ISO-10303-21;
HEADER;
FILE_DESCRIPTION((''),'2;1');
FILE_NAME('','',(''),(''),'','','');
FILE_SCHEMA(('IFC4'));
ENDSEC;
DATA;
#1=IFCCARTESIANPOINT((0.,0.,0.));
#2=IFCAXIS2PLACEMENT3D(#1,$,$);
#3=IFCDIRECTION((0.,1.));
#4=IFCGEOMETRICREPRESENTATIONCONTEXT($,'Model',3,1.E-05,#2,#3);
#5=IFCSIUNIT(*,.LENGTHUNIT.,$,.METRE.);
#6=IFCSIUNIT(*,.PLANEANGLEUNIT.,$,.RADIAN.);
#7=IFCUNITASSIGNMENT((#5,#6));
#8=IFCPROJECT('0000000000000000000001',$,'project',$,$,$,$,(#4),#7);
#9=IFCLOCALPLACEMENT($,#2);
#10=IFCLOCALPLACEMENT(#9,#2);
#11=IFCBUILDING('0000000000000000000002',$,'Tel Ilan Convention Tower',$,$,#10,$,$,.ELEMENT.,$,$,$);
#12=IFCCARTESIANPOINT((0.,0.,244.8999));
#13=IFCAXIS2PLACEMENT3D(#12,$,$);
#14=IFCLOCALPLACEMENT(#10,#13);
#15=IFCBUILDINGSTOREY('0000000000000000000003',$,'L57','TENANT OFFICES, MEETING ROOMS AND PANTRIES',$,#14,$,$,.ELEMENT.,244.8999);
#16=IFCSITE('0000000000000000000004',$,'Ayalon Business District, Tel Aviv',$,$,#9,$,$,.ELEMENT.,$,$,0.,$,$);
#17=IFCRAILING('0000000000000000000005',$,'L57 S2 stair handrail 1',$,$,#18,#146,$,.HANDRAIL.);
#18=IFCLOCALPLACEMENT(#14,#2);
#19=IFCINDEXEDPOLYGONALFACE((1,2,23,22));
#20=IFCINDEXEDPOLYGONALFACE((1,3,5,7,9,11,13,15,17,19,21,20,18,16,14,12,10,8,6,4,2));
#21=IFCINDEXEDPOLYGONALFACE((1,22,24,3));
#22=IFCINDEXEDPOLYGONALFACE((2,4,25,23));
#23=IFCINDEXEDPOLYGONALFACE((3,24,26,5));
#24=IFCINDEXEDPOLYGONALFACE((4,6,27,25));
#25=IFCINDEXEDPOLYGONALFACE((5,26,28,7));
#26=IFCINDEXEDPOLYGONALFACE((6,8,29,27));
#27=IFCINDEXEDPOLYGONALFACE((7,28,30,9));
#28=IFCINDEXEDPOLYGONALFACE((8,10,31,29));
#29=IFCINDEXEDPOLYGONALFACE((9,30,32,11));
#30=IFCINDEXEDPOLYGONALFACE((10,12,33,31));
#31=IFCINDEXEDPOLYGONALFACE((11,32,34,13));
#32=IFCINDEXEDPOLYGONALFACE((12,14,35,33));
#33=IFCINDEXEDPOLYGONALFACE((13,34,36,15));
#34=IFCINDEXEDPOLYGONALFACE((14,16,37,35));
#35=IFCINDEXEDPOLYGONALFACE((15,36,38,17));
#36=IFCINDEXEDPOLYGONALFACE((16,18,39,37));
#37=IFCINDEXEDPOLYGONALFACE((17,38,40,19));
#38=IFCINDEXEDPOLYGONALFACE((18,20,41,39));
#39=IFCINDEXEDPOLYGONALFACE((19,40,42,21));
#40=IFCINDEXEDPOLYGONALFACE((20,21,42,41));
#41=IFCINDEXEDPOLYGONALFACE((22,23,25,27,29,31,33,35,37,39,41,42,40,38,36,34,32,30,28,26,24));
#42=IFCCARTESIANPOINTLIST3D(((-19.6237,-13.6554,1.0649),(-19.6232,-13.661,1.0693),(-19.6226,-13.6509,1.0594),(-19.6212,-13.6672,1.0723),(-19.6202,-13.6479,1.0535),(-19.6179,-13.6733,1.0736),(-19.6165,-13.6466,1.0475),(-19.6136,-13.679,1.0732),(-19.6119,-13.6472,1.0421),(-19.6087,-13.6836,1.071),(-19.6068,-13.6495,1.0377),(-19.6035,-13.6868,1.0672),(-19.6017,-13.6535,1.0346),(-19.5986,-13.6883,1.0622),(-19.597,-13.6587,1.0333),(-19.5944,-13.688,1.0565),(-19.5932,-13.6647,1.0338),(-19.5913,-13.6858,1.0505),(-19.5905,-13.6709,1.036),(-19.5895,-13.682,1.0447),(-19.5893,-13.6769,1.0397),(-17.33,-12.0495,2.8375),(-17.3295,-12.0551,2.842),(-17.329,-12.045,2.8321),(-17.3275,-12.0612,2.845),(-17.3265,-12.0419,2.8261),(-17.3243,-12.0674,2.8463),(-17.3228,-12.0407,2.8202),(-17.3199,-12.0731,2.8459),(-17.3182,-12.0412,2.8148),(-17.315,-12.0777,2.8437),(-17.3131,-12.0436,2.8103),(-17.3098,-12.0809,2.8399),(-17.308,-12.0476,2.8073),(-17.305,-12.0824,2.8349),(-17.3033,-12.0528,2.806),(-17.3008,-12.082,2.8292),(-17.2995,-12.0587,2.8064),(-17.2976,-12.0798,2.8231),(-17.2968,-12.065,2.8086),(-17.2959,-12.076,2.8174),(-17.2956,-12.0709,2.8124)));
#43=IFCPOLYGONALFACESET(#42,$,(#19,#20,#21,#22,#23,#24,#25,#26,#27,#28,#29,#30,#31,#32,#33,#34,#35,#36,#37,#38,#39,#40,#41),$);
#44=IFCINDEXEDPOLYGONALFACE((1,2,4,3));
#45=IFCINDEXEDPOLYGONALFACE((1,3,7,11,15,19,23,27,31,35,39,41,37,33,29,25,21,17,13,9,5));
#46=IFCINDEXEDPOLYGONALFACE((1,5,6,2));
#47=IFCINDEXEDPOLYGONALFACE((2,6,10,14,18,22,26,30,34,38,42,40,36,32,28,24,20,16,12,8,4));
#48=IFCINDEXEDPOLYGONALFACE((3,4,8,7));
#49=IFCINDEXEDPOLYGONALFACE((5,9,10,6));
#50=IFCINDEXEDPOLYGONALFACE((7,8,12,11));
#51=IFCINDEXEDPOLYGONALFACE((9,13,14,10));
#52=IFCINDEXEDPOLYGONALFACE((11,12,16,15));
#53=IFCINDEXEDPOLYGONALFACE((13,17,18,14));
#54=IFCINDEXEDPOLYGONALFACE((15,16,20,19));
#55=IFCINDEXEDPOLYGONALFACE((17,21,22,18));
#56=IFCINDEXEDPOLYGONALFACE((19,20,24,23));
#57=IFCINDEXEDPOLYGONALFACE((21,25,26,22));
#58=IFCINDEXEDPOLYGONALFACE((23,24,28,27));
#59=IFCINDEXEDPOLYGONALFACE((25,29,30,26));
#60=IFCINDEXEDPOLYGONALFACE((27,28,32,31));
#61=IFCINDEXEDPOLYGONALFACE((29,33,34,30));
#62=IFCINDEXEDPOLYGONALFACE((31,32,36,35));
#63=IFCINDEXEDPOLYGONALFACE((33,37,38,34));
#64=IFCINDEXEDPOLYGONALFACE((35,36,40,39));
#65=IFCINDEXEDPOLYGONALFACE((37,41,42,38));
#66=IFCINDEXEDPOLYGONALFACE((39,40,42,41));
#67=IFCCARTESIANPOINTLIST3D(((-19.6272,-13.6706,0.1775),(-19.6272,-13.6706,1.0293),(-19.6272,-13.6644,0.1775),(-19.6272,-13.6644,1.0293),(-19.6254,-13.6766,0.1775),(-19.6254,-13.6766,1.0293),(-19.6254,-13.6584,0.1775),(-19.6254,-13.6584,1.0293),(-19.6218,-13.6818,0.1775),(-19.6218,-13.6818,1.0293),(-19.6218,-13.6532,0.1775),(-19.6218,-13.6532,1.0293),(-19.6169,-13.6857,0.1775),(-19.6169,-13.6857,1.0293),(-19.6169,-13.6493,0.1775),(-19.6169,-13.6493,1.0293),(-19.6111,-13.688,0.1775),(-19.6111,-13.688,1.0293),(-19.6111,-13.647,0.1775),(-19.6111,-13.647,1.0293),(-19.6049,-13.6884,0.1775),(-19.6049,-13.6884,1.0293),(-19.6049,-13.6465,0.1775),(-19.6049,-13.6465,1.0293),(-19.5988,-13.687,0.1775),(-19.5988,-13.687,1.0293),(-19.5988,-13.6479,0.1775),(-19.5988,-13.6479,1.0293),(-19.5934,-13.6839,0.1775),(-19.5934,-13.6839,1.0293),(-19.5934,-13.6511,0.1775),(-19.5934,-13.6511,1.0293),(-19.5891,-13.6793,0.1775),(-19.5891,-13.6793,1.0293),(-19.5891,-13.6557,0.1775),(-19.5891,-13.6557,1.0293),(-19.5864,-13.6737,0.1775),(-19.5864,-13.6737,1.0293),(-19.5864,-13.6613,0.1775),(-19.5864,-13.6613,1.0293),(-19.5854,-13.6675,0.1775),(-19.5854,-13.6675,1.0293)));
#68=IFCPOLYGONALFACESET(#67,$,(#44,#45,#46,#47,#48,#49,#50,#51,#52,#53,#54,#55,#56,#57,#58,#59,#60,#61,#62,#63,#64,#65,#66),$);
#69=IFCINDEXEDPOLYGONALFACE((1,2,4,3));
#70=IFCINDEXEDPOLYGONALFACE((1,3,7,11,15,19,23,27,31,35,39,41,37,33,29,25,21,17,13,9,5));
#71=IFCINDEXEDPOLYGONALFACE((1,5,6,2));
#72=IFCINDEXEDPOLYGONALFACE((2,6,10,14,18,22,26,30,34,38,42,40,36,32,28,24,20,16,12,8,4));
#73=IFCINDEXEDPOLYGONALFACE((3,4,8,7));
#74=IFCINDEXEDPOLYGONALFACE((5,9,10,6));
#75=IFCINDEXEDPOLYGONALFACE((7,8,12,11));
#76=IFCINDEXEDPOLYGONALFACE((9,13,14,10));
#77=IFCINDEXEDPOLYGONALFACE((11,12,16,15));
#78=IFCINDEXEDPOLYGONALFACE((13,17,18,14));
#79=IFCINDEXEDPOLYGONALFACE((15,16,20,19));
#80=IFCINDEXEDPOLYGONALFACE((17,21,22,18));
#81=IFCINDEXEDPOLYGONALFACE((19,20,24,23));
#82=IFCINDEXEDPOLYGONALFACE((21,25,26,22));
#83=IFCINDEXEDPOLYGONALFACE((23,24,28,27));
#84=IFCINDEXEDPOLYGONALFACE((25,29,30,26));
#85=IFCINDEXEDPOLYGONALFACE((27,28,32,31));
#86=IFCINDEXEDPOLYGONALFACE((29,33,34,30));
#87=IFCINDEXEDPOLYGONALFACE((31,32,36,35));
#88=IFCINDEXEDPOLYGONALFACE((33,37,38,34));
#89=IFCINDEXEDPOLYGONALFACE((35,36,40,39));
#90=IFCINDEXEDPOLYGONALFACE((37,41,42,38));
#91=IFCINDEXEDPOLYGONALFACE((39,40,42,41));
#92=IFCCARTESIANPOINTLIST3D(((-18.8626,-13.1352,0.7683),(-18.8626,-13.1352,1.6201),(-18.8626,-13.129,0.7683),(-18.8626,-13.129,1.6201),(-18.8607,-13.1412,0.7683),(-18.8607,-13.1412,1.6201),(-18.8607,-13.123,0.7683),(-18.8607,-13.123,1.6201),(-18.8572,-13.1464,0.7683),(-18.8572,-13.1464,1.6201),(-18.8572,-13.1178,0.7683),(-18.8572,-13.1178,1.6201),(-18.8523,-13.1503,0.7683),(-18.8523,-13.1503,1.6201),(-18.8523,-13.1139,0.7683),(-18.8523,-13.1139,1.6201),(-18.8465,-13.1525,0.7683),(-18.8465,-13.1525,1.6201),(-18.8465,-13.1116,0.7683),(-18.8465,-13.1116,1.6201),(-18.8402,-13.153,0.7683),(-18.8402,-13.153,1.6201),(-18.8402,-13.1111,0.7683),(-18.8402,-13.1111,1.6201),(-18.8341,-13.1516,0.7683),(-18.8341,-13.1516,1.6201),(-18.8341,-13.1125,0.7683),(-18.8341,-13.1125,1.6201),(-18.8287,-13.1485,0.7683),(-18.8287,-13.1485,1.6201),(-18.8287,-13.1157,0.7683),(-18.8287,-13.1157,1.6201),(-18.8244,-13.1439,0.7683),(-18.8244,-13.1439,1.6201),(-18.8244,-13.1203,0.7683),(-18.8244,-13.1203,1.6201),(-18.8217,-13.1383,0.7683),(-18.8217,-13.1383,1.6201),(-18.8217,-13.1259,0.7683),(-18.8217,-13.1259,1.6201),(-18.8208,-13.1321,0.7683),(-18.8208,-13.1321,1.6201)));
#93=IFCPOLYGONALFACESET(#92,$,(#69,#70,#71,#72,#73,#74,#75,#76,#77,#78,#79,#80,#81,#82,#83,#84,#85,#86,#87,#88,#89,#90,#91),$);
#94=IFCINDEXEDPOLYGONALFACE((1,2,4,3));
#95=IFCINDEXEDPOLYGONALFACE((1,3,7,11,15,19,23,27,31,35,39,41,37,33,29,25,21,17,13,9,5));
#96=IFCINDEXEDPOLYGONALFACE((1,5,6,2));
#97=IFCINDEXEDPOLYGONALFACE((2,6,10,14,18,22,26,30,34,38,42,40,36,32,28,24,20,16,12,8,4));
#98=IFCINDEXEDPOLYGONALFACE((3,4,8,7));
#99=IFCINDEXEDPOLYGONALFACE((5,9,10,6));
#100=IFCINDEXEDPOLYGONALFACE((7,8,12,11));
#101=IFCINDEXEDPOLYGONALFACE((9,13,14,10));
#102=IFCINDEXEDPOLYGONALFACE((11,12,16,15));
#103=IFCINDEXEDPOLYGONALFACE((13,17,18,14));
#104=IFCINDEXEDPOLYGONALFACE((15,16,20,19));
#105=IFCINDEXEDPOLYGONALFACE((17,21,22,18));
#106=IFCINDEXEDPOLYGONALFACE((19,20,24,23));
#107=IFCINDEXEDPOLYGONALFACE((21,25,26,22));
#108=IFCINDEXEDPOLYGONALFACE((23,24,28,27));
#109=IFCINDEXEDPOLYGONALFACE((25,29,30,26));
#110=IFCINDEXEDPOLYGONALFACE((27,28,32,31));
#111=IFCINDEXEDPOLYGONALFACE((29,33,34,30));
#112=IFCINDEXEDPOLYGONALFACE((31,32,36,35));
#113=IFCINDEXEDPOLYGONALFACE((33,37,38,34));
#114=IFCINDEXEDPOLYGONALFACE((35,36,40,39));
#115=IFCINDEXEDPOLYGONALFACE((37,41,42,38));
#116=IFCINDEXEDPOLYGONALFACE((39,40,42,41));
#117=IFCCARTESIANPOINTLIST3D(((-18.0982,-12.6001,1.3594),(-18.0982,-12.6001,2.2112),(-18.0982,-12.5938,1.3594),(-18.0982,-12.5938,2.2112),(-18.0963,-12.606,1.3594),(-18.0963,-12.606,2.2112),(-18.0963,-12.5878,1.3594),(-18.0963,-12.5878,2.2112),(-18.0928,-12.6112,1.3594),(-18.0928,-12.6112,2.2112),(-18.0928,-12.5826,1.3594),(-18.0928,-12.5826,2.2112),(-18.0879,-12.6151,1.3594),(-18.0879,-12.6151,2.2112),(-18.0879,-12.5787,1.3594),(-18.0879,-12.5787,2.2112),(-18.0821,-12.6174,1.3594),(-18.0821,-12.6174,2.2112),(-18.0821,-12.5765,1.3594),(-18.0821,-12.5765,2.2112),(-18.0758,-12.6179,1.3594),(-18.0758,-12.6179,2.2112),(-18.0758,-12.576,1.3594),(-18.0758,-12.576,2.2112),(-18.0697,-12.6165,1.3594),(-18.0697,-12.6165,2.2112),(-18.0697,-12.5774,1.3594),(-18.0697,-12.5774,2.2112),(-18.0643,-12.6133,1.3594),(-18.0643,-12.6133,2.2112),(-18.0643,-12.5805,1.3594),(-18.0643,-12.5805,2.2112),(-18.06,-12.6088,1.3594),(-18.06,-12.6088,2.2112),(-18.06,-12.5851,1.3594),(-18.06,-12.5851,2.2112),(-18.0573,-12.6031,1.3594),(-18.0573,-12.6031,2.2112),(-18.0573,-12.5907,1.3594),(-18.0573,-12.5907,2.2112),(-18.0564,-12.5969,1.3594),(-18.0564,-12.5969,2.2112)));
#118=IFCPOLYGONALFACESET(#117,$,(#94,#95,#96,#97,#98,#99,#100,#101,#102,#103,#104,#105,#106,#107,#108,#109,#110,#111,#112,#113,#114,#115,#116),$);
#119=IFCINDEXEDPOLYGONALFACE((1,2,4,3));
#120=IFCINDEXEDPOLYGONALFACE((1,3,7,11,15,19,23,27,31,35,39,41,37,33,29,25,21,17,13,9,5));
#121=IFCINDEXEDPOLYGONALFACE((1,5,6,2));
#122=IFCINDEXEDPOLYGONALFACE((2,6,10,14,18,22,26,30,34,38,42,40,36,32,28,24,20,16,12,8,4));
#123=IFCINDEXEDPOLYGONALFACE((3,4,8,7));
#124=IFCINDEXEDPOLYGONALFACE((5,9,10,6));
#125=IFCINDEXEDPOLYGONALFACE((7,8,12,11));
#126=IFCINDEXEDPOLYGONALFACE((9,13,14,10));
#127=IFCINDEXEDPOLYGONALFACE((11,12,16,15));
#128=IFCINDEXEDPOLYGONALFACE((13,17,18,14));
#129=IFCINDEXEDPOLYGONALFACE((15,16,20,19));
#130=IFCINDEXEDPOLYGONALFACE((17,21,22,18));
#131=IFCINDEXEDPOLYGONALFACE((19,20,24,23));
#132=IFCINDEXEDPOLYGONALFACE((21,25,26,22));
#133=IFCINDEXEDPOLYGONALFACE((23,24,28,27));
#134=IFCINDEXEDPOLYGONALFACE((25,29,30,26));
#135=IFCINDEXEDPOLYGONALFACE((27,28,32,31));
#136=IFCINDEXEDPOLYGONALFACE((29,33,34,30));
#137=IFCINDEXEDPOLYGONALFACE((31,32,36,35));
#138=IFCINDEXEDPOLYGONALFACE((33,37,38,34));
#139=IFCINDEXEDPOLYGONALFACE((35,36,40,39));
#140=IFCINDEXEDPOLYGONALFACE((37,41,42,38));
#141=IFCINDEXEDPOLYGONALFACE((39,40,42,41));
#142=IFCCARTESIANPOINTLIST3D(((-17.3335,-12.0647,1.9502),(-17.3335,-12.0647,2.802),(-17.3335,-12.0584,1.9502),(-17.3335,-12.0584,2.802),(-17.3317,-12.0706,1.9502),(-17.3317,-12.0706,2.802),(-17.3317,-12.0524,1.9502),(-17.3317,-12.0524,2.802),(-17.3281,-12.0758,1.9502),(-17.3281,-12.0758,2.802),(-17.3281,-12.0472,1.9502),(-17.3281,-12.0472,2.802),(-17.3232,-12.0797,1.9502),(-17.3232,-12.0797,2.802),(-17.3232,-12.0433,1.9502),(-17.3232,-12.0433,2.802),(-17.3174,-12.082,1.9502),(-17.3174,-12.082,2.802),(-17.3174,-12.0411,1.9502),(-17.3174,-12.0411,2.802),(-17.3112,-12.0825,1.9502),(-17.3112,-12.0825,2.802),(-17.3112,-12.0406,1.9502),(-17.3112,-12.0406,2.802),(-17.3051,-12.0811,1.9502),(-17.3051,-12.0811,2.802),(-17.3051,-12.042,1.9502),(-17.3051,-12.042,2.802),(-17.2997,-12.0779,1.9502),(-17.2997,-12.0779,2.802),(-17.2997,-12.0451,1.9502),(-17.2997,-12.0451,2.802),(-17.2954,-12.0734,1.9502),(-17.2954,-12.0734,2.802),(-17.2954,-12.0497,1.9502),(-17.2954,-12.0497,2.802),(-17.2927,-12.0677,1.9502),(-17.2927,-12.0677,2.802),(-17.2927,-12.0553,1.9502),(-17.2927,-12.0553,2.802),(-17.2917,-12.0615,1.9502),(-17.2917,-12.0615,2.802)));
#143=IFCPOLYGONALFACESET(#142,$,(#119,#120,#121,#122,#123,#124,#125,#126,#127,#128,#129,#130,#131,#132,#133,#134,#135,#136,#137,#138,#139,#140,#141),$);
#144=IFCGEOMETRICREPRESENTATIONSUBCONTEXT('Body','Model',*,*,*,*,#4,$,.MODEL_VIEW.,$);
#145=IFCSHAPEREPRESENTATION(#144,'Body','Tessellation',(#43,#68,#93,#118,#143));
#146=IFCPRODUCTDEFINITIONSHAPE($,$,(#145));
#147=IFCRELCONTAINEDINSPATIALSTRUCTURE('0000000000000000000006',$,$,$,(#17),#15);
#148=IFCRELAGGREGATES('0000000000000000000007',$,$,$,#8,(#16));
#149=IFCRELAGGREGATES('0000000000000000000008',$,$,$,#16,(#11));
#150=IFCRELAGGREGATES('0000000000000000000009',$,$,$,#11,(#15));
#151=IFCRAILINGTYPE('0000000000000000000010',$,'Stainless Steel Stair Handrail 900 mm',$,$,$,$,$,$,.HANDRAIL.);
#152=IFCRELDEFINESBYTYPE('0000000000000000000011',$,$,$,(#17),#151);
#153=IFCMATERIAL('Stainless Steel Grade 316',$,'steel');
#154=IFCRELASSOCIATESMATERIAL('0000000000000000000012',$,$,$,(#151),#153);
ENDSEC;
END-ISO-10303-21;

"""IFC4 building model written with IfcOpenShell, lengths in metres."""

from ifc_helpers import new_model, si_unit, direction, frame, origin, origin_2d, place, context, subcontext, project, spatial, circle, extrude, material, type_object, element, save


model = new_model("IFC4")

# Units and contexts
model_context = context("Model", 3, precision=1e-05, world=origin(), true_north=direction((0.0, 1.0)))
body_context = subcontext(model_context, "Body", "Model", "MODEL_VIEW")
ifc_project = project(units=[si_unit("LENGTHUNIT", "METRE"), si_unit("PLANEANGLEUNIT", "RADIAN")], contexts=[model_context])

# Site, building, storey
site_placement = place(None, origin())
site = spatial("IfcSite", under=ifc_project, at=site_placement, Name="Ayalon Business District, Tel Aviv", CompositionType="ELEMENT", RefElevation=0.0)
building_placement = place(site_placement, origin())
building = spatial("IfcBuilding", under=site, at=building_placement, Name="Tel Ilan Convention Tower", CompositionType="ELEMENT")
storey_placement = place(building_placement, frame((0.0, 0.0, 244.8999)))
storey = spatial("IfcBuildingStorey", under=building, at=storey_placement, Name="L57", Description="TENANT OFFICES, MEETING ROOMS AND PANTRIES", CompositionType="ELEMENT", Elevation=244.8999)

# Railing
ifc_material_1 = material(Name="Stainless Steel Grade 316", Category="steel")
railing_type = type_object("IfcRailingType", Name="Stainless Steel Stair Handrail 900 mm", PredefinedType="HANDRAIL", material=ifc_material_1)
railing_placement = place(storey_placement, frame((-19.6064, -13.6675, 0.1775)))
element("IfcRailing", 1, at=railing_placement, inside=storey, type_object=railing_type, Name="L57 S2 stair handrail 1", PredefinedType="HANDRAIL", context=body_context, shape_type="SweptSolid", body=[
    extrude(circle(Radius=0.0239, at=origin_2d()), frame((0.0, 0.0, 0.876), z_axis=(0.692123, 0.484597, 0.534913), x_axis=(-0.57355, 0.81917, 0.0)), (0.0, 0.0, 1.0), 3.314),
    extrude(circle(Radius=0.021, at=origin_2d()), origin(), (0.0, 0.0, 1.0), 0.8518),
    extrude(circle(Radius=0.021, at=origin_2d()), frame((0.7646, 0.5354, 0.5908)), (0.0, 0.0, 1.0), 0.8518),
    extrude(circle(Radius=0.021, at=origin_2d()), frame((1.5291, 1.0706, 1.1819)), (0.0, 0.0, 1.0), 0.8518),
    extrude(circle(Radius=0.021, at=origin_2d()), frame((2.2937, 1.606, 1.7727)), (0.0, 0.0, 1.0), 0.8518),
])

save(model, "model.ifc")
